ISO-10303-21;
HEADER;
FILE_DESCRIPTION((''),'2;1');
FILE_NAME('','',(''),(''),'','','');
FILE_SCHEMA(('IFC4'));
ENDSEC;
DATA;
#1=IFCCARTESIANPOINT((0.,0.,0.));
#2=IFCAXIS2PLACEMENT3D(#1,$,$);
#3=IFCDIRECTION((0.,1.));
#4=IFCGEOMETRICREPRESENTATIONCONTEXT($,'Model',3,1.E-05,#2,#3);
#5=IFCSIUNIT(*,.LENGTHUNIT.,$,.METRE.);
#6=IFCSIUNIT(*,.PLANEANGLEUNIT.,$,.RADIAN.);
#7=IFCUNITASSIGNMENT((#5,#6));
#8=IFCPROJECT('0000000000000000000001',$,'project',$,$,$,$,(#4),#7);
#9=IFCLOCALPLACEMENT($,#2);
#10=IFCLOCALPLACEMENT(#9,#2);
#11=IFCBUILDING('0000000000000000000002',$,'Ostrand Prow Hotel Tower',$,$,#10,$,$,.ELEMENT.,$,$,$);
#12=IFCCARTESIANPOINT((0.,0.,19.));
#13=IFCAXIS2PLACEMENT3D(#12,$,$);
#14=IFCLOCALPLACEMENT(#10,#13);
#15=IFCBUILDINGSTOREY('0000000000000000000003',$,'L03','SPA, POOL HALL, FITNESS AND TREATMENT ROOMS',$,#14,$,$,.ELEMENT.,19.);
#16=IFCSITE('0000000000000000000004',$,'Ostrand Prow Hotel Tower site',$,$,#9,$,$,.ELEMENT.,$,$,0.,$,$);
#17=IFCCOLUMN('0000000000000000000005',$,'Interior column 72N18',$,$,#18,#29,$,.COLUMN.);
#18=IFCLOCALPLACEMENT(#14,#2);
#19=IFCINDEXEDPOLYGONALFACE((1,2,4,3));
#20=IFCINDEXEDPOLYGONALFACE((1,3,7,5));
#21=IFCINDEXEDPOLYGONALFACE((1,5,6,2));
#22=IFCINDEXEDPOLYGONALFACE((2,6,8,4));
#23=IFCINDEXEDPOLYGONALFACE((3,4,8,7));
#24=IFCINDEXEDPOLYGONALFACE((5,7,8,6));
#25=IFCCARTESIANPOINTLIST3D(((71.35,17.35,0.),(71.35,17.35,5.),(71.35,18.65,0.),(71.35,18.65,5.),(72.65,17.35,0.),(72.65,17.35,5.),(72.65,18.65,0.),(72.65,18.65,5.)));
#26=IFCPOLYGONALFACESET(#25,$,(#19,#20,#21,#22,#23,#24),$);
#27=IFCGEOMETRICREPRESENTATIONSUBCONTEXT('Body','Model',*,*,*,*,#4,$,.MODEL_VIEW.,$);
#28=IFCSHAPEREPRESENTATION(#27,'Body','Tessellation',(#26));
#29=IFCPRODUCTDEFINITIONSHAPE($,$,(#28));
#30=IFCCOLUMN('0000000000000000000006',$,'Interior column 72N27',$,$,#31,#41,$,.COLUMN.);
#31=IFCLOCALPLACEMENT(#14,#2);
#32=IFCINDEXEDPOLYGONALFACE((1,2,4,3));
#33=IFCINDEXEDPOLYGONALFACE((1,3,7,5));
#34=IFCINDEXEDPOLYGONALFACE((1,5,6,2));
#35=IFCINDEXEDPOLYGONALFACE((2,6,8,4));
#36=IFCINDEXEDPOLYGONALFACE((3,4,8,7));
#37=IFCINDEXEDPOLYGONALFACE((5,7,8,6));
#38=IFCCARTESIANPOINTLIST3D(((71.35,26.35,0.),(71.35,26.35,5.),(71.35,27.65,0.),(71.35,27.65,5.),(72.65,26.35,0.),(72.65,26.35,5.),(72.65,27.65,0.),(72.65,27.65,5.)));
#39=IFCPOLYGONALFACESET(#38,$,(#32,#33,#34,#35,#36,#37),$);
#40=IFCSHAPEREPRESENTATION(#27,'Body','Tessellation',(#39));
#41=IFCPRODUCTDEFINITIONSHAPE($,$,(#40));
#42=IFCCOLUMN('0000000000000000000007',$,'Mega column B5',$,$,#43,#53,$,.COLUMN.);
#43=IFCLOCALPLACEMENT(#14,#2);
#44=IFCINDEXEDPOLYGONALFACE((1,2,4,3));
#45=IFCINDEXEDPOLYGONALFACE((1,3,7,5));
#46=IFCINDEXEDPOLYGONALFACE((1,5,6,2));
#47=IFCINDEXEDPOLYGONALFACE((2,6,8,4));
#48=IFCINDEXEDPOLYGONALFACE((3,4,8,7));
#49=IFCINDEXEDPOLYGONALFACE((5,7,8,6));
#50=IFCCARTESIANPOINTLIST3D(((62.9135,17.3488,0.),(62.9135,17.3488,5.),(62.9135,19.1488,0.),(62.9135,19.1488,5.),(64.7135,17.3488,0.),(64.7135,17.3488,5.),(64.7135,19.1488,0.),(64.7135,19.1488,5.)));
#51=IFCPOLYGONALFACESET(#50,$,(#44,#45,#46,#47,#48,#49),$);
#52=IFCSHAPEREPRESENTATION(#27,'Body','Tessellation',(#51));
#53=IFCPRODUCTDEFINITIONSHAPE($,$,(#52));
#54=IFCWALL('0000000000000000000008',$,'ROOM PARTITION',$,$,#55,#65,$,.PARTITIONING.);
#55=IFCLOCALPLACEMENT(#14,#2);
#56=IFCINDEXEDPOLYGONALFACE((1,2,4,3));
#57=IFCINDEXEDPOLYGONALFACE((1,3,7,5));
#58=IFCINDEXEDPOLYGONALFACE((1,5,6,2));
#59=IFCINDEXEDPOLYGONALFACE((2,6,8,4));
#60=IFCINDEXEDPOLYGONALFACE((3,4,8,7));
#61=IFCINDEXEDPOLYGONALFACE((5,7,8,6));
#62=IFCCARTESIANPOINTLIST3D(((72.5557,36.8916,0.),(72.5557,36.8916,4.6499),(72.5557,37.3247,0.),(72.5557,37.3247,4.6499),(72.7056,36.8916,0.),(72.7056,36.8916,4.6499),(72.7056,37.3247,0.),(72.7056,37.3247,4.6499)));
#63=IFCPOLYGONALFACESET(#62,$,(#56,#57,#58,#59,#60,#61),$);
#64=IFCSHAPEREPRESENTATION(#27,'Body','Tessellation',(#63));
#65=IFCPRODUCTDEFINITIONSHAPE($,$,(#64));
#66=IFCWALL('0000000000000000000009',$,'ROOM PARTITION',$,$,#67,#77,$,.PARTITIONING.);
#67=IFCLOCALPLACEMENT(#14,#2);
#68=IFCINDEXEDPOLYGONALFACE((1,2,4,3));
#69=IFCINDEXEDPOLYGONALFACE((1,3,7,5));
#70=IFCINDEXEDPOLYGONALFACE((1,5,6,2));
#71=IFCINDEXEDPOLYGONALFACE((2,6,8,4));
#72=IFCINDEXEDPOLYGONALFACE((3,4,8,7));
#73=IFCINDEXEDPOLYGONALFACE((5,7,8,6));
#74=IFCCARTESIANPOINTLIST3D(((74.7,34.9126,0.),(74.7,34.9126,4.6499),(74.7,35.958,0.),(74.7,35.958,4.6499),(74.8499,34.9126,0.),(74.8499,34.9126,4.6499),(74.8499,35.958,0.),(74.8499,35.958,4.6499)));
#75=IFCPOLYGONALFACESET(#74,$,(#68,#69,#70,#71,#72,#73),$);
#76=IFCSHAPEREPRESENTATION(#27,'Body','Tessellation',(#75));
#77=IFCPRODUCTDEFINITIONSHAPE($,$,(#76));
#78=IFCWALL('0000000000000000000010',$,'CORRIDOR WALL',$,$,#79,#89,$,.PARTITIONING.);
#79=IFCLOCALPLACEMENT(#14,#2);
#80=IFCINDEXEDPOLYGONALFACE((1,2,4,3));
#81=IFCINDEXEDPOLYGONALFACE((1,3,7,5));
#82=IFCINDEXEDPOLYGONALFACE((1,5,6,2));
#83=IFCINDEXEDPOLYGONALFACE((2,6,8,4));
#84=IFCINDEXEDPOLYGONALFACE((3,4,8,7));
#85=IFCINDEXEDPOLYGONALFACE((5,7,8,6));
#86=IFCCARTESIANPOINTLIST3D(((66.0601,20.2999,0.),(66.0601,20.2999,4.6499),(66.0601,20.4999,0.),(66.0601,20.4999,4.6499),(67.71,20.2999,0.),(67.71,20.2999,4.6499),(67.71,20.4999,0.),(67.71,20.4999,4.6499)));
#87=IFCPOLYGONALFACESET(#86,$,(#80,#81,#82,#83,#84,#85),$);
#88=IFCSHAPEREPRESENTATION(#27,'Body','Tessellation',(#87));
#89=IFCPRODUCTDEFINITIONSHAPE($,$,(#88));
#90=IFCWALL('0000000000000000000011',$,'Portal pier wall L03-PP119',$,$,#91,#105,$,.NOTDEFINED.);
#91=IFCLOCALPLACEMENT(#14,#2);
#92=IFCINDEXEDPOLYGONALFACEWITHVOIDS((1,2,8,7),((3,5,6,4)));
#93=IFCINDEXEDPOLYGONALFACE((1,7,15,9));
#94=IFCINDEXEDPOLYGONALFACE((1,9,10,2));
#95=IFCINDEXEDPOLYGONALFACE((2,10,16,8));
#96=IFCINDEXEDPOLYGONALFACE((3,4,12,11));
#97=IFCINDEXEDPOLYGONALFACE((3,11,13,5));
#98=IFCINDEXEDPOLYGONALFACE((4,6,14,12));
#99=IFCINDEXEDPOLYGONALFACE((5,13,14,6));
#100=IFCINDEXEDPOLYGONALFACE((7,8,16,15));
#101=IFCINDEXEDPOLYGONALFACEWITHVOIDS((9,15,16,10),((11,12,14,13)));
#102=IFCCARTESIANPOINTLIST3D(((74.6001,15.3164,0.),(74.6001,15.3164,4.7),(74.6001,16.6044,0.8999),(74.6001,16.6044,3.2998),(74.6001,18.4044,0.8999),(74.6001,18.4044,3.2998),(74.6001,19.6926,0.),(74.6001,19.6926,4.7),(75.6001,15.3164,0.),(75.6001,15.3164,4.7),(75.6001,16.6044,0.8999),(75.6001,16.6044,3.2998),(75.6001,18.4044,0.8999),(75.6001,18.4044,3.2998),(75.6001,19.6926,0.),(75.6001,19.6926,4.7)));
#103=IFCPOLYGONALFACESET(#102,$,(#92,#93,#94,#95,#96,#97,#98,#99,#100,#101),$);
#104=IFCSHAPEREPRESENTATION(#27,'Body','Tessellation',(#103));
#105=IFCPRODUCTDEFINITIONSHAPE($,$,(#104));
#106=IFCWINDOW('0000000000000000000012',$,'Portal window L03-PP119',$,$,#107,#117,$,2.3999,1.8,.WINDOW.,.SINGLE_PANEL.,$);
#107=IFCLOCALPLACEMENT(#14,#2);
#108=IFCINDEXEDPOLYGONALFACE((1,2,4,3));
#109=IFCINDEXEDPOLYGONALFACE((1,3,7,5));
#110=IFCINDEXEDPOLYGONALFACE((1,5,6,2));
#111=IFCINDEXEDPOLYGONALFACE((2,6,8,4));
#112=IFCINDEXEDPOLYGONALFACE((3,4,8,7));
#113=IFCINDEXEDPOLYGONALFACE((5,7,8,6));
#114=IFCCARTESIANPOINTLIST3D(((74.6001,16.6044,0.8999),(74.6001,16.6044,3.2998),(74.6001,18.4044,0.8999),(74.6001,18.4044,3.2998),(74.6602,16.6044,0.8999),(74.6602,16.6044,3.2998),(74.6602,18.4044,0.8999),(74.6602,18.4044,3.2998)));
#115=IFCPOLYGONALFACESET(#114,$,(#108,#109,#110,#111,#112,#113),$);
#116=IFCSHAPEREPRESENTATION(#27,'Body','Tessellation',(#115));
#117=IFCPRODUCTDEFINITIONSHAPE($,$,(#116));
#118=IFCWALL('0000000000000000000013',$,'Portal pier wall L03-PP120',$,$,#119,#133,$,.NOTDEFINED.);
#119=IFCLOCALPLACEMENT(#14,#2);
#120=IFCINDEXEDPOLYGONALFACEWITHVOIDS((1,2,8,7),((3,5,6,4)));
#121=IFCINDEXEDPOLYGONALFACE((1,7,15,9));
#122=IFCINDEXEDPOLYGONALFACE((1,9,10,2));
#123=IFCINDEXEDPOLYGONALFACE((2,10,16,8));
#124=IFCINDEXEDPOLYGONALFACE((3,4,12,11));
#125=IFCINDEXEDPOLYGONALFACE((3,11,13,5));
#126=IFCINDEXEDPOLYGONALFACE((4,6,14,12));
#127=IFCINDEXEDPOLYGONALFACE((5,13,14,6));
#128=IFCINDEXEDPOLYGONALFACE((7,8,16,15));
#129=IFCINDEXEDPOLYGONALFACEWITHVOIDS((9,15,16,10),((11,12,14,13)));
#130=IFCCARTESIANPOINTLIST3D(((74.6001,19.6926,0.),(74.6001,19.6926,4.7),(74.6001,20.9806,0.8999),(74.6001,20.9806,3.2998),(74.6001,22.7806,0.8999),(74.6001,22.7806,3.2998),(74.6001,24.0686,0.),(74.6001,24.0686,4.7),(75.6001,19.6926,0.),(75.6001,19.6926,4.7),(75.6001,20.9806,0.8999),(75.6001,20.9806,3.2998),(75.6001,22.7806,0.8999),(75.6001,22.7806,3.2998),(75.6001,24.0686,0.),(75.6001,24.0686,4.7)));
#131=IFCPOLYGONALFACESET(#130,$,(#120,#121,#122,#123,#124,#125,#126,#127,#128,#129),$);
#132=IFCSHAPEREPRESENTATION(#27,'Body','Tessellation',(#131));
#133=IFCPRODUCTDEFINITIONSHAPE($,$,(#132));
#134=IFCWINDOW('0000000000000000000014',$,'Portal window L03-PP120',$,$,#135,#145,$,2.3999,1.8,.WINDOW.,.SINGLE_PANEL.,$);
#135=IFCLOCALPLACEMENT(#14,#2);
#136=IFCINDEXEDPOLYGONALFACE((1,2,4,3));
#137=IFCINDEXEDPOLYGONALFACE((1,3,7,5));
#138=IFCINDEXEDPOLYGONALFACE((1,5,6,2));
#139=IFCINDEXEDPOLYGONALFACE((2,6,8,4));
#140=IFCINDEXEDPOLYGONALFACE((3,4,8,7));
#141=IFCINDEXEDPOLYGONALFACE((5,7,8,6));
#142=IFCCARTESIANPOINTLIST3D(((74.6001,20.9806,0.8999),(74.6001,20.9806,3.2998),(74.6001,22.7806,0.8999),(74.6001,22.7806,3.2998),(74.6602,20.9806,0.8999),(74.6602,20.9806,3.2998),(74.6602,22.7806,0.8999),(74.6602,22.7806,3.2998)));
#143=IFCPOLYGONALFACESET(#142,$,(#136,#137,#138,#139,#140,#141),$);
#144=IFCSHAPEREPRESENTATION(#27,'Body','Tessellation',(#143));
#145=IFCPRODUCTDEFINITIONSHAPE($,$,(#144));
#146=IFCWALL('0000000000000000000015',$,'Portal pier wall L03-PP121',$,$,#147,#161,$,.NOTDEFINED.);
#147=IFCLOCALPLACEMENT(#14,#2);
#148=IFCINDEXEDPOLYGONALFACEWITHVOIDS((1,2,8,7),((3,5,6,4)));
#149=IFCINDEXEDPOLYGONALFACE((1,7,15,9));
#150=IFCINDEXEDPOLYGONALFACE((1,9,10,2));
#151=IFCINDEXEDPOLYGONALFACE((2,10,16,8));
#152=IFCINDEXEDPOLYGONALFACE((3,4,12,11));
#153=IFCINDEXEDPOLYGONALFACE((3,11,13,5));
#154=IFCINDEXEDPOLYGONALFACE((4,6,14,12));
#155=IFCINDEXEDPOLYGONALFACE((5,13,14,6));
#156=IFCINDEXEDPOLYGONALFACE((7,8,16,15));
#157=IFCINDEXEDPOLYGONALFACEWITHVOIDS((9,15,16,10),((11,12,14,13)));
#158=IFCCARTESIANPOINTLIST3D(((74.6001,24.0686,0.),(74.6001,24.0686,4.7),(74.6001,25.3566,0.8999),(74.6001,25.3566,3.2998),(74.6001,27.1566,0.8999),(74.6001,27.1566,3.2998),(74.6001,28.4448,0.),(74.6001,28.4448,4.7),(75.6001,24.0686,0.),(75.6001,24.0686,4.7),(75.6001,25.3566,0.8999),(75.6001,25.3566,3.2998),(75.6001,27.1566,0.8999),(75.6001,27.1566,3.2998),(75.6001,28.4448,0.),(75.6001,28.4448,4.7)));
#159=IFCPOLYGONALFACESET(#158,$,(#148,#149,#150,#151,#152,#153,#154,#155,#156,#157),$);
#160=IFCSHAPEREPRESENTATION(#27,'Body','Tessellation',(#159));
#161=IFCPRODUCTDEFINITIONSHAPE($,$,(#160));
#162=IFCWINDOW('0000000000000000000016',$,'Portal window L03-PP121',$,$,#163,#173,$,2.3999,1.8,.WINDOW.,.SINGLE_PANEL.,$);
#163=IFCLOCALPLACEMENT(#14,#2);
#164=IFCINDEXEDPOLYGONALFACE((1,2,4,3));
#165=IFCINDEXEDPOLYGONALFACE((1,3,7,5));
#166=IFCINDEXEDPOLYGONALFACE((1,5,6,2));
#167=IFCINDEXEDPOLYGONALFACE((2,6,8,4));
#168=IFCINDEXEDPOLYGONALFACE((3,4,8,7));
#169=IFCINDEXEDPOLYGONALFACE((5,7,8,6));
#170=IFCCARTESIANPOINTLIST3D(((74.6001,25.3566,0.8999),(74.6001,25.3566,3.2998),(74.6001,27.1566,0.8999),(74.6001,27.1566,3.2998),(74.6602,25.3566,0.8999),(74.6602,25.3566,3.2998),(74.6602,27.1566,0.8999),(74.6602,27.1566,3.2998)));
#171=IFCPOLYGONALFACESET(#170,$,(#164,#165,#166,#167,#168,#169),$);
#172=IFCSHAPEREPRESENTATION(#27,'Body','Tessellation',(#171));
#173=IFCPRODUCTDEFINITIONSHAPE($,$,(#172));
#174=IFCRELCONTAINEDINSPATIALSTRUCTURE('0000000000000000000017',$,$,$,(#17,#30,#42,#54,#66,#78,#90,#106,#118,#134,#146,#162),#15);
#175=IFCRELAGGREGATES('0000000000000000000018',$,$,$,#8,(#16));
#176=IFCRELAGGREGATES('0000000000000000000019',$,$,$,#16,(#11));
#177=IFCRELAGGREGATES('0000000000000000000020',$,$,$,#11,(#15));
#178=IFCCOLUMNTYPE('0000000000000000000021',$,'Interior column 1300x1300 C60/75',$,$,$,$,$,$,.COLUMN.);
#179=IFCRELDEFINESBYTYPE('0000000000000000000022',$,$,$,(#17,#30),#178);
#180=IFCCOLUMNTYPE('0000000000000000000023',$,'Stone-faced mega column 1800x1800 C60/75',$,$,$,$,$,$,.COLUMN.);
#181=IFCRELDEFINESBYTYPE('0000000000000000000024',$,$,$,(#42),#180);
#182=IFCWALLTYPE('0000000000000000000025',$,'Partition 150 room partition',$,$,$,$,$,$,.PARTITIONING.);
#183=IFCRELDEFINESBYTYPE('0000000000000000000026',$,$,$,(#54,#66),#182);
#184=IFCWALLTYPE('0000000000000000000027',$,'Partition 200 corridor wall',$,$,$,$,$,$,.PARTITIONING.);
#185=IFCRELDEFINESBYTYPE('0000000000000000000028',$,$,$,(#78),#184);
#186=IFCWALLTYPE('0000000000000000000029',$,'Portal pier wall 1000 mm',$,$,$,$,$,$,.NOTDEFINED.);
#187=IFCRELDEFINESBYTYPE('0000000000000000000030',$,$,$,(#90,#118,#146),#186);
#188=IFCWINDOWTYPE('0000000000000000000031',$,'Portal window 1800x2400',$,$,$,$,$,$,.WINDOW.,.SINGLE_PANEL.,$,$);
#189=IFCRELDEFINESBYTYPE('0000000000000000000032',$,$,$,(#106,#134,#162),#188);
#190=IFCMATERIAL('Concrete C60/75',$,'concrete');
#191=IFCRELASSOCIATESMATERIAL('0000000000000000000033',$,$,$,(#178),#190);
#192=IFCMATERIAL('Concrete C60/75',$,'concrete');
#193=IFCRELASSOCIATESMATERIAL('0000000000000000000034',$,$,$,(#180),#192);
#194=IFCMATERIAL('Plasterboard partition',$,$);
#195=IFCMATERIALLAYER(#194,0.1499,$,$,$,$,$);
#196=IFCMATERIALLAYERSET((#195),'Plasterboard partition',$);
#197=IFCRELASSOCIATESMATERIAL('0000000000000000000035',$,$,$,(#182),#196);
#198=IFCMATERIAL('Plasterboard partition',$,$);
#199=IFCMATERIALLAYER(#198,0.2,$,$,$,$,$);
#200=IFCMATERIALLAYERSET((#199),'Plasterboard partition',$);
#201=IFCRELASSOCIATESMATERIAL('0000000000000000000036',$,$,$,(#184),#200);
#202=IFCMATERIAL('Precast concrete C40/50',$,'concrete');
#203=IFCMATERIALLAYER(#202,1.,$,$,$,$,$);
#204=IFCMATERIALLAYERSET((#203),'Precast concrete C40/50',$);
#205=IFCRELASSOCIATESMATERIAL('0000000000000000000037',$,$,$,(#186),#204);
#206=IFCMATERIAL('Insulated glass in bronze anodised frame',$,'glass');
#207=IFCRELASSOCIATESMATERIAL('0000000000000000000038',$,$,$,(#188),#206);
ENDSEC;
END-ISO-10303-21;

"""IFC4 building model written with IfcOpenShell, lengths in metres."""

from ifc_helpers import new_model, si_unit, direction, frame, frame_2d, origin, origin_2d, place, context, subcontext, project, spatial, polyline, rectangle, outline, extrude, material, layer, layer_set, material_profile, profile_set, type_object, element, fill, save


model = new_model("IFC4")

# Units and contexts
model_context = context("Model", 3, precision=1e-05, world=origin(), true_north=direction((0.0, 1.0)))
body_context = subcontext(model_context, "Body", "Model", "MODEL_VIEW")
ifc_project = project(units=[si_unit("LENGTHUNIT", "METRE"), si_unit("PLANEANGLEUNIT", "RADIAN")], contexts=[model_context])

# Site, building, storey
site_placement = place(None, origin())
site = spatial("IfcSite", under=ifc_project, at=site_placement, Name="Ostrand Prow Hotel Tower site", CompositionType="ELEMENT", RefElevation=0.0)
building_placement = place(site_placement, origin())
building = spatial("IfcBuilding", under=site, at=building_placement, Name="Ostrand Prow Hotel Tower", CompositionType="ELEMENT")
storey_placement = place(building_placement, frame((0.0, 0.0, 19.0)))
storey = spatial("IfcBuildingStorey", under=building, at=storey_placement, Name="L03", Description="SPA, POOL HALL, FITNESS AND TREATMENT ROOMS", CompositionType="ELEMENT", Elevation=19.0)

# Columns
ifc_material_1 = material(Name="Concrete C60/75", Category="concrete")
ifc_material_profile_1 = material_profile(ifc_material_1, rectangle(XDim=1.3, YDim=1.3, at=origin_2d()), Name="RC 1300x1300")
ifc_profile_set_1 = profile_set([ifc_material_profile_1], Name="Concrete C60/75")
column_type_1 = type_object("IfcColumnType", Name="Interior column 1300x1300 C60/75", PredefinedType="COLUMN", material=ifc_profile_set_1)
for number, where, z_axis, x_axis, name in (
    (1, (72.0, 18.0, 0.0), (0.0, 0.0, 1.0), (1.0, 0.0, 0.0), "Interior column 72N18"),
    (2, (72.0, 27.0, 0.0), (0.0, 0.0, 1.0), (1.0, 0.0, 0.0), "Interior column 72N27"),
):
    element("IfcColumn", number, at=place(storey_placement, frame(where, z_axis=z_axis, x_axis=x_axis)), inside=storey, type_object=column_type_1, Name=name, PredefinedType="COLUMN", context=body_context, shape_type="SweptSolid", body=[
        extrude(rectangle(XDim=1.3, YDim=1.3, at=origin_2d()), origin(), (0.0, 0.0, 1.0), 5.0),
    ])
ifc_material_2 = material(Name="Concrete C60/75", Category="concrete")
ifc_material_profile_2 = material_profile(ifc_material_2, rectangle(XDim=1.8, YDim=1.8, at=origin_2d()), Name="RC 1800x1800")
ifc_profile_set_2 = profile_set([ifc_material_profile_2], Name="Concrete C60/75")
column_type_2 = type_object("IfcColumnType", Name="Stone-faced mega column 1800x1800 C60/75", PredefinedType="COLUMN", material=ifc_profile_set_2)
column_placement = place(storey_placement, frame((63.8135, 18.2488, 0.0), z_axis=(0.0, 0.0, 1.0), x_axis=(1.0, 0.0, 0.0)))
element("IfcColumn", 3, at=column_placement, inside=storey, type_object=column_type_2, Name="Mega column B5", PredefinedType="COLUMN", context=body_context, shape_type="SweptSolid", body=[
    extrude(rectangle(XDim=1.8, YDim=1.8, at=origin_2d()), origin(), (0.0, 0.0, 1.0), 5.0),
])

# Walls
ifc_material_3 = material(Name="Plasterboard partition")
ifc_layer_1 = layer(ifc_material_3, 0.1499)
ifc_layer_set_1 = layer_set([ifc_layer_1], Name="Plasterboard partition")
wall_type_1 = type_object("IfcWallType", Name="Partition 150 room partition", PredefinedType="PARTITIONING", material=ifc_layer_set_1)
wall_1_placement = place(storey_placement, frame((72.6306, 36.8916, 0.0), z_axis=(0.0, 0.0, 1.0), x_axis=(0.0, 1.0, 0.0)))
element("IfcWall", 4, at=wall_1_placement, inside=storey, type_object=wall_type_1, Name="ROOM PARTITION", PredefinedType="PARTITIONING", context=body_context, shape_type="SweptSolid", body=[
    extrude(rectangle(XDim=0.4331, YDim=0.1499, at=frame_2d((0.2166, 0.0))), origin(), (0.0, 0.0, 1.0), 4.6499),
])
wall_2_placement = place(storey_placement, frame((74.7749, 34.9126, 0.0), z_axis=(0.0, 0.0, 1.0), x_axis=(0.0, 1.0, 0.0)))
element("IfcWall", 5, at=wall_2_placement, inside=storey, type_object=wall_type_1, Name="ROOM PARTITION", PredefinedType="PARTITIONING", context=body_context, shape_type="SweptSolid", body=[
    extrude(rectangle(XDim=1.0454, YDim=0.1499, at=frame_2d((0.5227, 0.0))), origin(), (0.0, 0.0, 1.0), 4.6499),
])
ifc_material_4 = material(Name="Plasterboard partition")
ifc_layer_2 = layer(ifc_material_4, 0.2)
ifc_layer_set_2 = layer_set([ifc_layer_2], Name="Plasterboard partition")
wall_type_2 = type_object("IfcWallType", Name="Partition 200 corridor wall", PredefinedType="PARTITIONING", material=ifc_layer_set_2)
wall_3_placement = place(storey_placement, frame((66.0601, 20.3999, 0.0), z_axis=(0.0, 0.0, 1.0), x_axis=(1.0, 0.0, 0.0)))
element("IfcWall", 6, at=wall_3_placement, inside=storey, type_object=wall_type_2, Name="CORRIDOR WALL", PredefinedType="PARTITIONING", context=body_context, shape_type="SweptSolid", body=[
    extrude(rectangle(XDim=1.6499, YDim=0.2, at=frame_2d((0.825, 0.0))), origin(), (0.0, 0.0, 1.0), 4.6499),
])

# Walls, openings, windows
ifc_material_5 = material(Name="Precast concrete C40/50", Category="concrete")
ifc_layer_3 = layer(ifc_material_5, 1.0)
ifc_layer_set_3 = layer_set([ifc_layer_3], Name="Precast concrete C40/50")
wall_type_3 = type_object("IfcWallType", Name="Portal pier wall 1000 mm", PredefinedType="NOTDEFINED", material=ifc_layer_set_3)
wall_4_placement = place(storey_placement, frame((75.1001, 15.3164, 0.0), z_axis=(0.0, 0.0, 1.0), x_axis=(0.0, 1.0, 0.0)))
wall_4 = element("IfcWall", 7, at=wall_4_placement, inside=storey, type_object=wall_type_3, Name="Portal pier wall L03-PP119", PredefinedType="NOTDEFINED", context=body_context, shape_type="SweptSolid", body=[
    extrude(outline(polyline([(0.0, -0.5), (4.3762, -0.5), (4.3762, 0.5), (0.0, 0.5), (0.0, -0.5)])), origin(), (0.0, 0.0, 1.0), 4.7),
])
opening_1_placement = place(wall_4_placement, frame((1.2881, 0.0, 0.8999)))
opening_1 = element("IfcOpeningElement", 8, at=opening_1_placement, cuts=wall_4, PredefinedType="OPENING", context=body_context, shape_type="SweptSolid", body=[
    extrude(rectangle(XDim=1.8, YDim=2.3999, at=frame_2d((0.8999, 1.2))), frame((0.0, 0.51, 0.0), z_axis=(0.0, -1.0, 0.0), x_axis=(1.0, 0.0, 0.0)), (0.0, 0.0, 1.0), 1.02),
])
ifc_material_6 = material(Name="Insulated glass in bronze anodised frame", Category="glass")
window_type = type_object("IfcWindowType", Name="Portal window 1800x2400", PartitioningType="SINGLE_PANEL", PredefinedType="WINDOW", material=ifc_material_6)
window_1_placement = place(opening_1_placement, origin())
window_1 = element("IfcWindow", 9, at=window_1_placement, inside=storey, type_object=window_type, Name="Portal window L03-PP119", OverallHeight=2.3999, OverallWidth=1.8, PartitioningType="SINGLE_PANEL", PredefinedType="WINDOW", context=body_context, shape_type="SweptSolid", body=[
    extrude(rectangle(XDim=1.8, YDim=2.3999, at=frame_2d((0.8999, 1.2))), frame((0.0, 0.5, 0.0), z_axis=(0.0, -1.0, 0.0), x_axis=(1.0, 0.0, 0.0)), (0.0, 0.0, 1.0), 0.0601),
])
fill(opening_1, window_1)
wall_5_placement = place(storey_placement, frame((75.1001, 19.6926, 0.0), z_axis=(0.0, 0.0, 1.0), x_axis=(0.0, 1.0, 0.0)))
wall_5 = element("IfcWall", 10, at=wall_5_placement, inside=storey, type_object=wall_type_3, Name="Portal pier wall L03-PP120", PredefinedType="NOTDEFINED", context=body_context, shape_type="SweptSolid", body=[
    extrude(outline(polyline([(0.0, -0.5), (4.376, -0.5), (4.376, 0.5), (0.0, 0.5), (0.0, -0.5)])), origin(), (0.0, 0.0, 1.0), 4.7),
])
opening_2_placement = place(wall_5_placement, frame((1.2881, 0.0, 0.8999)))
opening_2 = element("IfcOpeningElement", 11, at=opening_2_placement, cuts=wall_5, PredefinedType="OPENING", context=body_context, shape_type="SweptSolid", body=[
    extrude(rectangle(XDim=1.8, YDim=2.3999, at=frame_2d((0.8999, 1.2))), frame((0.0, 0.51, 0.0), z_axis=(0.0, -1.0, 0.0), x_axis=(1.0, 0.0, 0.0)), (0.0, 0.0, 1.0), 1.02),
])
window_2_placement = place(opening_2_placement, origin())
window_2 = element("IfcWindow", 12, at=window_2_placement, inside=storey, type_object=window_type, Name="Portal window L03-PP120", OverallHeight=2.3999, OverallWidth=1.8, PartitioningType="SINGLE_PANEL", PredefinedType="WINDOW", context=body_context, shape_type="SweptSolid", body=[
    extrude(rectangle(XDim=1.8, YDim=2.3999, at=frame_2d((0.8999, 1.2))), frame((0.0, 0.5, 0.0), z_axis=(0.0, -1.0, 0.0), x_axis=(1.0, 0.0, 0.0)), (0.0, 0.0, 1.0), 0.0601),
])
fill(opening_2, window_2)
wall_6_placement = place(storey_placement, frame((75.1001, 24.0686, 0.0), z_axis=(0.0, 0.0, 1.0), x_axis=(0.0, 1.0, 0.0)))
wall_6 = element("IfcWall", 13, at=wall_6_placement, inside=storey, type_object=wall_type_3, Name="Portal pier wall L03-PP121", PredefinedType="NOTDEFINED", context=body_context, shape_type="SweptSolid", body=[
    extrude(outline(polyline([(0.0, -0.5), (4.3762, -0.5), (4.3762, 0.5), (0.0, 0.5), (0.0, -0.5)])), origin(), (0.0, 0.0, 1.0), 4.7),
])
opening_3_placement = place(wall_6_placement, frame((1.2881, 0.0, 0.8999)))
opening_3 = element("IfcOpeningElement", 14, at=opening_3_placement, cuts=wall_6, PredefinedType="OPENING", context=body_context, shape_type="SweptSolid", body=[
    extrude(rectangle(XDim=1.8, YDim=2.3999, at=frame_2d((0.8999, 1.2))), frame((0.0, 0.51, 0.0), z_axis=(0.0, -1.0, 0.0), x_axis=(1.0, 0.0, 0.0)), (0.0, 0.0, 1.0), 1.02),
])
window_3_placement = place(opening_3_placement, origin())
window_3 = element("IfcWindow", 15, at=window_3_placement, inside=storey, type_object=window_type, Name="Portal window L03-PP121", OverallHeight=2.3999, OverallWidth=1.8, PartitioningType="SINGLE_PANEL", PredefinedType="WINDOW", context=body_context, shape_type="SweptSolid", body=[
    extrude(rectangle(XDim=1.8, YDim=2.3999, at=frame_2d((0.8999, 1.2))), frame((0.0, 0.5, 0.0), z_axis=(0.0, -1.0, 0.0), x_axis=(1.0, 0.0, 0.0)), (0.0, 0.0, 1.0), 0.0601),
])
fill(opening_3, window_3)

save(model, "model.ifc")
